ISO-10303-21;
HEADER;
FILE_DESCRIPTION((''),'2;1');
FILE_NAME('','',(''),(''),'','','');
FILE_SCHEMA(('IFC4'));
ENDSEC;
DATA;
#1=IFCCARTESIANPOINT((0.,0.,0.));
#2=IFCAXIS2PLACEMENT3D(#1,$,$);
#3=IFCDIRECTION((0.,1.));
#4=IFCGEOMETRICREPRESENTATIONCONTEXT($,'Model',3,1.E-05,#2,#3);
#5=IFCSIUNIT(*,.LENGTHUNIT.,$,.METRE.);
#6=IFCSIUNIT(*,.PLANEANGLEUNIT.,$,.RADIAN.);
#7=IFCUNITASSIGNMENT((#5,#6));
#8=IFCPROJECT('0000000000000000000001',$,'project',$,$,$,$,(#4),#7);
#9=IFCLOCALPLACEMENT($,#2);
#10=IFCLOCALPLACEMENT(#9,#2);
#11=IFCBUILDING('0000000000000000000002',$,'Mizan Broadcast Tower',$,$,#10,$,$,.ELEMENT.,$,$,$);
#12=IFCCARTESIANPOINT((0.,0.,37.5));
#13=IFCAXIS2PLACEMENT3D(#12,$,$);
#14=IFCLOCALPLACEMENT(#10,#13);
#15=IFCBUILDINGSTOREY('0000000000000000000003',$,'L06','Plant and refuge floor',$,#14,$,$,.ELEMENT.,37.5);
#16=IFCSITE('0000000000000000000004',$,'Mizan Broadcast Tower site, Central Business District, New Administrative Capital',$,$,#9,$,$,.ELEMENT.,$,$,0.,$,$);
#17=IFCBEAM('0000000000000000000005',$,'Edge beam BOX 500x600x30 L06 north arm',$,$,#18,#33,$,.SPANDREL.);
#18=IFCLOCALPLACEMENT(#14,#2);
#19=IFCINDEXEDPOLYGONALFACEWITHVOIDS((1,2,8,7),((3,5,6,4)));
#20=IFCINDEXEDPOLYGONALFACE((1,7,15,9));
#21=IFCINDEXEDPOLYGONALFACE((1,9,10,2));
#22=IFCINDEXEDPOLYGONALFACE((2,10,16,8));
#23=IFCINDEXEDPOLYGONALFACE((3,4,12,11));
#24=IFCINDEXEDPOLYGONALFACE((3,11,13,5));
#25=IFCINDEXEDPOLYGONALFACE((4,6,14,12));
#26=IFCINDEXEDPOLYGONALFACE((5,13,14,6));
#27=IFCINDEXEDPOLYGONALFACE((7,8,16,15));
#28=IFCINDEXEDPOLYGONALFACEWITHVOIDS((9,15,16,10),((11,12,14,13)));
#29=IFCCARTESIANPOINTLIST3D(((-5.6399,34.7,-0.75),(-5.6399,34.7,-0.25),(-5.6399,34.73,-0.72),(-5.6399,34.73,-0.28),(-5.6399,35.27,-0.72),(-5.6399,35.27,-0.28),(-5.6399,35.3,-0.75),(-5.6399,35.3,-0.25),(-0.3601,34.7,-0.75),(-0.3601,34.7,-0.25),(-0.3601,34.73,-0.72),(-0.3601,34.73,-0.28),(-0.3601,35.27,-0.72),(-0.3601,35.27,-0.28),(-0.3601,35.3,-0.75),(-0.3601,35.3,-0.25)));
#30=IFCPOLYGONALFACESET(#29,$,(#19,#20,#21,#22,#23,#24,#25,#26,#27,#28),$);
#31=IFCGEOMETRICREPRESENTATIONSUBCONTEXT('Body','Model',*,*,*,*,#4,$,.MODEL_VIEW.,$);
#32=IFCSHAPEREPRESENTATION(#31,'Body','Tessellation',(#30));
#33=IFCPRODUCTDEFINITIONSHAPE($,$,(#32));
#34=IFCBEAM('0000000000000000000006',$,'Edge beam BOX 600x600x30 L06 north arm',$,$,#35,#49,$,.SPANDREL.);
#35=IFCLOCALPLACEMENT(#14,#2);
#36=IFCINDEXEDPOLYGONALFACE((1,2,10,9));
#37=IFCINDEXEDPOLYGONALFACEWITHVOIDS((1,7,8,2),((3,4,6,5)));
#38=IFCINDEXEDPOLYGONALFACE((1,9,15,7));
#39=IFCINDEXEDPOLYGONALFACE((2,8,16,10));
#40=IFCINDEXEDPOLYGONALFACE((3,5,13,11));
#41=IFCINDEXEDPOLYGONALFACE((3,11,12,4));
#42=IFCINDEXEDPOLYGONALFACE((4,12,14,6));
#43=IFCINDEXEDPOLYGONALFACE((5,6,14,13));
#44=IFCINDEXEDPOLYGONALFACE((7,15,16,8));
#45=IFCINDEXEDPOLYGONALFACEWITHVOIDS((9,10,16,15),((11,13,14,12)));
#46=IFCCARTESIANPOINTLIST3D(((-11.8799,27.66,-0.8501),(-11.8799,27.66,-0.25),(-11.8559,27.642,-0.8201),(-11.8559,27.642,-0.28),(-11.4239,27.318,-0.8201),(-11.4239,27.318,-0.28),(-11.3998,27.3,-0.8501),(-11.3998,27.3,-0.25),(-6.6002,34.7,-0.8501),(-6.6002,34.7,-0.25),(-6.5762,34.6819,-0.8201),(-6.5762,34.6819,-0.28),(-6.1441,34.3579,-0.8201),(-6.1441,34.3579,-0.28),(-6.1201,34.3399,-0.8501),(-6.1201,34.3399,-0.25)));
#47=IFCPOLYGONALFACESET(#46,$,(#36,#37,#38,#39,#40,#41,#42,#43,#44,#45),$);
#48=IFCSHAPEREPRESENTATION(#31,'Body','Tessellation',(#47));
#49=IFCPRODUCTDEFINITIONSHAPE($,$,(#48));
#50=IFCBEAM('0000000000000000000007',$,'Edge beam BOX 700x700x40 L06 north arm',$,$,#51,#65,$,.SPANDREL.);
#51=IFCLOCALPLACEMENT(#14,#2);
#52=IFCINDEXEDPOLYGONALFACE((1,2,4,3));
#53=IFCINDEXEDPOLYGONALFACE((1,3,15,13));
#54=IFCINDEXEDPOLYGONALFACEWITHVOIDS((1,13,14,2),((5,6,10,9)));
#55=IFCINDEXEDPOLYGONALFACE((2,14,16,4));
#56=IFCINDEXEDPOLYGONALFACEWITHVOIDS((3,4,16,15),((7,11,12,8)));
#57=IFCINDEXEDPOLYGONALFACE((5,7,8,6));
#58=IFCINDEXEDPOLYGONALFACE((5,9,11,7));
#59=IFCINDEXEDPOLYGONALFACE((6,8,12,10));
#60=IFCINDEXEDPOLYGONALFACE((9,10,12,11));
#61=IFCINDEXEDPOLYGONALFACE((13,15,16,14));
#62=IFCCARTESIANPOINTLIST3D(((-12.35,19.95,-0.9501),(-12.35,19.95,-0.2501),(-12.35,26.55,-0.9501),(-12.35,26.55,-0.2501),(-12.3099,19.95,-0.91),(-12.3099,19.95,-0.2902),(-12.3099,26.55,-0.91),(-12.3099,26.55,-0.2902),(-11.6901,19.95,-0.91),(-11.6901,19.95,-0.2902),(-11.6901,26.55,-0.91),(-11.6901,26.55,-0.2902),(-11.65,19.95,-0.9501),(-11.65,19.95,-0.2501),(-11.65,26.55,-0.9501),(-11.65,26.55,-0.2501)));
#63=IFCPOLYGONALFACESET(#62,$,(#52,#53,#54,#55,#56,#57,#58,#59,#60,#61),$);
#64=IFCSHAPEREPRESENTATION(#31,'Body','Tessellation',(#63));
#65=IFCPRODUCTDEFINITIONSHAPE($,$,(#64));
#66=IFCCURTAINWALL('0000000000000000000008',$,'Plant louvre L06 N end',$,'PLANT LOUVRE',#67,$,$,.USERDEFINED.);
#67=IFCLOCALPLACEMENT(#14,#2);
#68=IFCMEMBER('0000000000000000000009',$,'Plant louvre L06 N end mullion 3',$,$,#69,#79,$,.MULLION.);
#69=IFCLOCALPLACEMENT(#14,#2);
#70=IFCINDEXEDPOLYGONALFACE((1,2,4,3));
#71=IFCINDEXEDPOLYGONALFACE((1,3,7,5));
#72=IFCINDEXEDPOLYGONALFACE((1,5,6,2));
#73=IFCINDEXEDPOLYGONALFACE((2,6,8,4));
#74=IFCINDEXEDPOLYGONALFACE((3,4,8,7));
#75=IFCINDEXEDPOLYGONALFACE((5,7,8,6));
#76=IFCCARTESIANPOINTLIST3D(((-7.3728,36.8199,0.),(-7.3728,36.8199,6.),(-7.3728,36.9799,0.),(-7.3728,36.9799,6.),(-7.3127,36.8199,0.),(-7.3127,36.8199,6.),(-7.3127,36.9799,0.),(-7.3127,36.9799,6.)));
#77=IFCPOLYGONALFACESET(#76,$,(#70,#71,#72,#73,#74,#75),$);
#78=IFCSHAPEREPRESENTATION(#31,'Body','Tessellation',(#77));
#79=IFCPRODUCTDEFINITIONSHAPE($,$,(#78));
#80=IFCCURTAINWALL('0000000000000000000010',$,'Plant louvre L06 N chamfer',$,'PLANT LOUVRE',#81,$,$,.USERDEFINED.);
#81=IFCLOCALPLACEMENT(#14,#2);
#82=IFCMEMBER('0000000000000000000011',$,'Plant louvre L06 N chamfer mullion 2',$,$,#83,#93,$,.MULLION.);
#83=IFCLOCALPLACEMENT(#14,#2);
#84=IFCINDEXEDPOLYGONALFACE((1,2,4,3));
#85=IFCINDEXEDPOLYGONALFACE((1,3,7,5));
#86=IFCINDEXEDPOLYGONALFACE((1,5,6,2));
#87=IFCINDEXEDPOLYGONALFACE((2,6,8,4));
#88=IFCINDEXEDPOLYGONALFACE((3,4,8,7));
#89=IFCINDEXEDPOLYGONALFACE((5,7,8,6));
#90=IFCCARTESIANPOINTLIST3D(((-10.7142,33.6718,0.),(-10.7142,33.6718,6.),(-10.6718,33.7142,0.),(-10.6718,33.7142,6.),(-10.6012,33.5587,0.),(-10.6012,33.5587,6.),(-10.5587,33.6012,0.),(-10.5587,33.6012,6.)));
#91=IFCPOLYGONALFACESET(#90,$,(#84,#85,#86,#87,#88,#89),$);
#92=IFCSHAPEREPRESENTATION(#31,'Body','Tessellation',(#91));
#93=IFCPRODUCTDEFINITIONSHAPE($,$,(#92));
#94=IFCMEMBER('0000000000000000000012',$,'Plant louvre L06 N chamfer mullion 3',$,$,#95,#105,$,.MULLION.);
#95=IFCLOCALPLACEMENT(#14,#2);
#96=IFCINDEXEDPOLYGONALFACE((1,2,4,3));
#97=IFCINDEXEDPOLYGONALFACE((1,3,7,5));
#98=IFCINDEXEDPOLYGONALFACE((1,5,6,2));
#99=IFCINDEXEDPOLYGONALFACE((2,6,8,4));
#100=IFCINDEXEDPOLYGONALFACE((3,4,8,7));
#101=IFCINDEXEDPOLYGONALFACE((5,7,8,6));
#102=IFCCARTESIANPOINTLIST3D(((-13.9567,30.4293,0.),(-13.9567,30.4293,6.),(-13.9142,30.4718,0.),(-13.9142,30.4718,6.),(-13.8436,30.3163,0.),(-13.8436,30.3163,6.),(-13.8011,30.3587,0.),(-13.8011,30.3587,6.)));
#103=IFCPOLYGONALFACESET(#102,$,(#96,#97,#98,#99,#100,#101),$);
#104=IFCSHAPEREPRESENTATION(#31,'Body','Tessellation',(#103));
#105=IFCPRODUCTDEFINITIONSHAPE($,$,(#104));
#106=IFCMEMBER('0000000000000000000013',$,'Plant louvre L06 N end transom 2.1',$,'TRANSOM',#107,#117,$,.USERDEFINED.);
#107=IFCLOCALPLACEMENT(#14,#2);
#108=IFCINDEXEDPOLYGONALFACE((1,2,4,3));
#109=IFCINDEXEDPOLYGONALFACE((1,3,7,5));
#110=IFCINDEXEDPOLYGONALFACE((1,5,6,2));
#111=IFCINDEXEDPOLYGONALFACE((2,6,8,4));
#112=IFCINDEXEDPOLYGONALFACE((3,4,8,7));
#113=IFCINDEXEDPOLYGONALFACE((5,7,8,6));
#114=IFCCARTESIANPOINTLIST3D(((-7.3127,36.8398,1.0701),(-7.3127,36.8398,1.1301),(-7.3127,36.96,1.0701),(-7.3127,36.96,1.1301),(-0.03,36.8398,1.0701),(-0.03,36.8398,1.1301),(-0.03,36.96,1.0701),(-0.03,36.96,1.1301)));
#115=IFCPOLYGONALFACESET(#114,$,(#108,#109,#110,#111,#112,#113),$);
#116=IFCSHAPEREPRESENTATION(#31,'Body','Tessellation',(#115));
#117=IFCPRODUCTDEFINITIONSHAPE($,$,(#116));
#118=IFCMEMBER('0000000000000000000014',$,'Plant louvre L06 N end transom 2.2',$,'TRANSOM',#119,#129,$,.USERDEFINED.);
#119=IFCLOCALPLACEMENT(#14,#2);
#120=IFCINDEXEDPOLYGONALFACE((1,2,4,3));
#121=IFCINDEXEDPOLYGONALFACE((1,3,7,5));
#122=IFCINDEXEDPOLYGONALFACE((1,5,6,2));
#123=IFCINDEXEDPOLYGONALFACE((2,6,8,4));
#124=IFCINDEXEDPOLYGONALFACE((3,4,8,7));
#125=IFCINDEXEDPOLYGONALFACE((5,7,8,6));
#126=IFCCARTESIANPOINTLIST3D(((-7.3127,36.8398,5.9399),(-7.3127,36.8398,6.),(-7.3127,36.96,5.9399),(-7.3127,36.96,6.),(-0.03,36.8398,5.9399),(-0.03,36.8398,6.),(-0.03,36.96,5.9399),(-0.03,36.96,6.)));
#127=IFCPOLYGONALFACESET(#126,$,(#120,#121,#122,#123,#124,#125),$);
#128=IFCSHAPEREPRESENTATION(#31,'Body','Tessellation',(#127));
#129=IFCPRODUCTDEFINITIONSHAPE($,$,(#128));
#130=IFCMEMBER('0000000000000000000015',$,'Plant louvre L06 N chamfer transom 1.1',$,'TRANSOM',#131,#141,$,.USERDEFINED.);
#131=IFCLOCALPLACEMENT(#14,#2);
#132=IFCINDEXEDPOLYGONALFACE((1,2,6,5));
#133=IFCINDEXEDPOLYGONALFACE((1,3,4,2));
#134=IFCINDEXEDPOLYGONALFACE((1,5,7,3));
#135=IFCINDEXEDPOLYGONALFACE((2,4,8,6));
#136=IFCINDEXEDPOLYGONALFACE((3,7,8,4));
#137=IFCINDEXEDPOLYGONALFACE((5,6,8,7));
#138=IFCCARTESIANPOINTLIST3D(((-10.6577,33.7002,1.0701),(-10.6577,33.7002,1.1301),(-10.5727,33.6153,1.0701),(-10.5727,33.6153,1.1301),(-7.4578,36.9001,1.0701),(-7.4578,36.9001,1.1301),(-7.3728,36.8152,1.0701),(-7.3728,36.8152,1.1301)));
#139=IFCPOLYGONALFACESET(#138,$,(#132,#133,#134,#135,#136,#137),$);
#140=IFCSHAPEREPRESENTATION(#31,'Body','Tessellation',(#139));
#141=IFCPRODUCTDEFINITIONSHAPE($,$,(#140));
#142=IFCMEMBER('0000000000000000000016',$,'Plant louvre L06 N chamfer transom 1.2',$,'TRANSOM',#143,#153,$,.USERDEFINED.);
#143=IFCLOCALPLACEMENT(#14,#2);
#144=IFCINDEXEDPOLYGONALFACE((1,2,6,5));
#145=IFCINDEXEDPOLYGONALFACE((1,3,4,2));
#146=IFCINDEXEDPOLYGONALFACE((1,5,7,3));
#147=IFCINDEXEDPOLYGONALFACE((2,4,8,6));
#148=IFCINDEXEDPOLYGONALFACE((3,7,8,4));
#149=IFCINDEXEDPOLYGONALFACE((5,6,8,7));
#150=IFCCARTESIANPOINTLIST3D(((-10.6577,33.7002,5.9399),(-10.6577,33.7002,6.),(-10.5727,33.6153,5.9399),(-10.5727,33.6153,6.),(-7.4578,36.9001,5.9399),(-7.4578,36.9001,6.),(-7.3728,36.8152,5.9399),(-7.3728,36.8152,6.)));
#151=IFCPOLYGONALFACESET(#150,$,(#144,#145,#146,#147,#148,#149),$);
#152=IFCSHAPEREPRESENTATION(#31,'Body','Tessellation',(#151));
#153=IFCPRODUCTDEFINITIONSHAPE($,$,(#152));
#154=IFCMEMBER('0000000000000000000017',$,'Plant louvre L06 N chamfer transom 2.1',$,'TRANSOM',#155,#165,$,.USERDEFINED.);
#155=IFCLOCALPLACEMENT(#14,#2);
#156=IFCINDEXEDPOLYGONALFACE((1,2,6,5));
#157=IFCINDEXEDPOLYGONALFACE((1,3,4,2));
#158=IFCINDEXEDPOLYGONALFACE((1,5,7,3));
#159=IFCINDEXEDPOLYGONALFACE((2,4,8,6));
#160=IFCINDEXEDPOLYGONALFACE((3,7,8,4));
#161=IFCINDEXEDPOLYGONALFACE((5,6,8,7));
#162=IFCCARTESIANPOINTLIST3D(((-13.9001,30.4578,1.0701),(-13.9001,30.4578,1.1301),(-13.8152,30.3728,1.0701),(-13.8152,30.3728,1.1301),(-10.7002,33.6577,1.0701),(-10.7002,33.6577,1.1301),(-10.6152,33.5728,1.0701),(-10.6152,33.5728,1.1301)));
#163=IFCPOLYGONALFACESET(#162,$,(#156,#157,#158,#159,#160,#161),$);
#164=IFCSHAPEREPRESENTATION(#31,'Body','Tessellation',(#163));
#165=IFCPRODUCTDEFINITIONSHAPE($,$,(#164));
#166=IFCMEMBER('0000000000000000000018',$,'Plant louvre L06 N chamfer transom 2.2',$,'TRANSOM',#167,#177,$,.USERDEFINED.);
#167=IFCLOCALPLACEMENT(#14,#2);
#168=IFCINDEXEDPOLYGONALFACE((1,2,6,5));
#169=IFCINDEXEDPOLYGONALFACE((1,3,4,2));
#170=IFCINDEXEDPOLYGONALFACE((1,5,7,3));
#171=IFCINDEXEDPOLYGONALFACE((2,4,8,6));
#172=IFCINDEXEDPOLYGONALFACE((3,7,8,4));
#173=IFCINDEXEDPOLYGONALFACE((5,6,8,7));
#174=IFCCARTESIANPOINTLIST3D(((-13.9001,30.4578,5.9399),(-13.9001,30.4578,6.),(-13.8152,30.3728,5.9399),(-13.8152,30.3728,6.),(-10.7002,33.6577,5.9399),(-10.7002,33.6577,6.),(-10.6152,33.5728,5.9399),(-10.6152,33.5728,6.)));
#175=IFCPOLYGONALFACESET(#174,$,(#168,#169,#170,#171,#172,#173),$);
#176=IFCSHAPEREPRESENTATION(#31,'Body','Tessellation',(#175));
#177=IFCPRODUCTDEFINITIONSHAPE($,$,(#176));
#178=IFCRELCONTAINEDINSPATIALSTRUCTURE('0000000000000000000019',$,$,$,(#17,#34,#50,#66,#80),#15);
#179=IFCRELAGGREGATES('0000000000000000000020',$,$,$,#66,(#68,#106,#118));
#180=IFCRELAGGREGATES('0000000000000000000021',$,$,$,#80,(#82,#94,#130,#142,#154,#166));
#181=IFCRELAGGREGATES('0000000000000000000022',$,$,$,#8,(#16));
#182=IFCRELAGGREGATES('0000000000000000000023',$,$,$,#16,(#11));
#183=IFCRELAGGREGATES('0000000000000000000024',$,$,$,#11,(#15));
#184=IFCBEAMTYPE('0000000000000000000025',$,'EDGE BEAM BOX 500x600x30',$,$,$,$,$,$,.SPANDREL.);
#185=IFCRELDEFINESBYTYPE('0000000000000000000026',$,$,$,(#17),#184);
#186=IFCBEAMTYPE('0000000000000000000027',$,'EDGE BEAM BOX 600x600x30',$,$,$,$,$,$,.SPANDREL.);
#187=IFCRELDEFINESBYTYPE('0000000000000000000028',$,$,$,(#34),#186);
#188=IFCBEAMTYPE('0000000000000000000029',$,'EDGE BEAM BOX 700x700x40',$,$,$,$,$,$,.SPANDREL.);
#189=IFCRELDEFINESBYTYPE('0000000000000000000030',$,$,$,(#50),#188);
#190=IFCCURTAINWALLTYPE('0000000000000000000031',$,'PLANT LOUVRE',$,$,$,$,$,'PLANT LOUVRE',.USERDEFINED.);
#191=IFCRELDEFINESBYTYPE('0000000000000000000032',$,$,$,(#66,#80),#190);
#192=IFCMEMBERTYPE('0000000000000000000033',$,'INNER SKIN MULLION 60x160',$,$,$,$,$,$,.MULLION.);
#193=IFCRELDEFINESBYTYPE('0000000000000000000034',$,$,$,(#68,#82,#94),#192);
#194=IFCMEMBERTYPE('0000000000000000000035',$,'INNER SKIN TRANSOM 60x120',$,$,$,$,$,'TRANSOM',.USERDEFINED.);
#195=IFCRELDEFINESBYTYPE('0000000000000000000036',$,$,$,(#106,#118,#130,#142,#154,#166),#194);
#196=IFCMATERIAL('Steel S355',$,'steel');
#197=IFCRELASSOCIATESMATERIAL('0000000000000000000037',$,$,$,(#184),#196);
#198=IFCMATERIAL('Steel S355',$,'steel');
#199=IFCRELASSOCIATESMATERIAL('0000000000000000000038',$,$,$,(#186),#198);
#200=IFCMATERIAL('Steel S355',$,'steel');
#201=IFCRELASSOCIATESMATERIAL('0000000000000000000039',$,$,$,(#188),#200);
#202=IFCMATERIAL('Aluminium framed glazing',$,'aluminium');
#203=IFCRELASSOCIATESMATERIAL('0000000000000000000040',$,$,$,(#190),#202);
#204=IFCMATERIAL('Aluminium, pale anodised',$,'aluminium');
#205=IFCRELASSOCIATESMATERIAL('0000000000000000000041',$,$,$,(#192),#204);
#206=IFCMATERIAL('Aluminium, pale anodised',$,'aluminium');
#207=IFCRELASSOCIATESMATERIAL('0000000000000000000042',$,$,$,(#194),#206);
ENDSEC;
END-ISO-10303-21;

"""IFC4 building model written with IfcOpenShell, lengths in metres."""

from ifc_helpers import new_model, si_unit, direction, frame, origin, origin_2d, place, context, subcontext, project, spatial, rectangle, hollow_rectangle, extrude, material, material_profile, profile_set, type_object, element, aggregate, save


model = new_model("IFC4")

# Units and contexts
model_context = context("Model", 3, precision=1e-05, world=origin(), true_north=direction((0.0, 1.0)))
body_context = subcontext(model_context, "Body", "Model", "MODEL_VIEW")
ifc_project = project(units=[si_unit("LENGTHUNIT", "METRE"), si_unit("PLANEANGLEUNIT", "RADIAN")], contexts=[model_context])

# Site, building, storey
site_placement = place(None, origin())
site = spatial("IfcSite", under=ifc_project, at=site_placement, Name="Mizan Broadcast Tower site, Central Business District, New Administrative Capital", CompositionType="ELEMENT", RefElevation=0.0)
building_placement = place(site_placement, origin())
building = spatial("IfcBuilding", under=site, at=building_placement, Name="Mizan Broadcast Tower", CompositionType="ELEMENT")
storey_placement = place(building_placement, frame((0.0, 0.0, 37.5)))
storey = spatial("IfcBuildingStorey", under=building, at=storey_placement, Name="L06", Description="Plant and refuge floor", CompositionType="ELEMENT", Elevation=37.5)

# Beams
ifc_material_1 = material(Name="Steel S355", Category="steel")
ifc_material_profile_1 = material_profile(ifc_material_1, hollow_rectangle(XDim=0.6001, YDim=0.5, WallThickness=0.03, at=origin_2d()), Name="BOX 500x600x30")
ifc_profile_set_1 = profile_set([ifc_material_profile_1], Name="Steel S355")
beam_type_1 = type_object("IfcBeamType", Name="EDGE BEAM BOX 500x600x30", PredefinedType="SPANDREL", material=ifc_profile_set_1)
beam_1_placement = place(storey_placement, frame((-5.6399, 35.0, -0.5), z_axis=(1.0, 0.0, 0.0), x_axis=(0.0, 1.0, 0.0)))
element("IfcBeam", 1, at=beam_1_placement, inside=storey, type_object=beam_type_1, Name="Edge beam BOX 500x600x30 L06 north arm", PredefinedType="SPANDREL", context=body_context, shape_type="SweptSolid", body=[
    extrude(hollow_rectangle(XDim=0.6001, YDim=0.5, WallThickness=0.03, at=origin_2d()), origin(), (0.0, 0.0, 1.0), 5.2798),
])
ifc_material_2 = material(Name="Steel S355", Category="steel")
ifc_material_profile_2 = material_profile(ifc_material_2, hollow_rectangle(XDim=0.6001, YDim=0.6001, WallThickness=0.03, at=origin_2d()), Name="BOX 600x600x30")
ifc_profile_set_2 = profile_set([ifc_material_profile_2], Name="Steel S355")
beam_type_2 = type_object("IfcBeamType", Name="EDGE BEAM BOX 600x600x30", PredefinedType="SPANDREL", material=ifc_profile_set_2)
beam_2_placement = place(storey_placement, frame((-11.6399, 27.48, -0.55), z_axis=(0.599982, 0.800013, 0.0), x_axis=(-0.800013, 0.599982, 0.0)))
element("IfcBeam", 2, at=beam_2_placement, inside=storey, type_object=beam_type_2, Name="Edge beam BOX 600x600x30 L06 north arm", PredefinedType="SPANDREL", context=body_context, shape_type="SweptSolid", body=[
    extrude(hollow_rectangle(XDim=0.6001, YDim=0.6001, WallThickness=0.03, at=origin_2d()), origin(), (0.0, 0.0, 1.0), 8.7998),
])
ifc_material_3 = material(Name="Steel S355", Category="steel")
ifc_material_profile_3 = material_profile(ifc_material_3, hollow_rectangle(XDim=0.7, YDim=0.7, WallThickness=0.04, at=origin_2d()), Name="BOX 700x700x40")
ifc_profile_set_3 = profile_set([ifc_material_profile_3], Name="Steel S355")
beam_type_3 = type_object("IfcBeamType", Name="EDGE BEAM BOX 700x700x40", PredefinedType="SPANDREL", material=ifc_profile_set_3)
beam_3_placement = place(storey_placement, frame((-12.0, 19.95, -0.6001), z_axis=(0.0, 1.0, 0.0), x_axis=(-1.0, 0.0, 0.0)))
element("IfcBeam", 3, at=beam_3_placement, inside=storey, type_object=beam_type_3, Name="Edge beam BOX 700x700x40 L06 north arm", PredefinedType="SPANDREL", context=body_context, shape_type="SweptSolid", body=[
    extrude(hollow_rectangle(XDim=0.7, YDim=0.7, WallThickness=0.04, at=origin_2d()), origin(), (0.0, 0.0, 1.0), 6.6001),
])

# Curtain wall, member
ifc_material_4 = material(Name="Aluminium framed glazing", Category="aluminium")
curtain_wall_type = type_object("IfcCurtainWallType", Name="PLANT LOUVRE", ElementType="PLANT LOUVRE", PredefinedType="USERDEFINED", material=ifc_material_4)
curtain_wall_1_placement = place(storey_placement, origin())
curtain_wall_1 = element("IfcCurtainWall", 4, at=curtain_wall_1_placement, inside=storey, type_object=curtain_wall_type, Name="Plant louvre L06 N end", ObjectType="PLANT LOUVRE", PredefinedType="USERDEFINED")
ifc_material_5 = material(Name="Aluminium, pale anodised", Category="aluminium")
ifc_material_profile_4 = material_profile(ifc_material_5, rectangle(XDim=0.1599, YDim=0.0601, at=origin_2d()), Name="MULLION 160x60")
ifc_profile_set_4 = profile_set([ifc_material_profile_4], Name="Aluminium, pale anodised")
member_type_1 = type_object("IfcMemberType", Name="INNER SKIN MULLION 60x160", PredefinedType="MULLION", material=ifc_profile_set_4)
member_1_placement = place(storey_placement, frame((-7.3428, 36.8999, 0.0), z_axis=(0.0, 0.0, 1.0), x_axis=(0.0, -1.0, 0.0)))
member_1 = element("IfcMember", 5, at=member_1_placement, type_object=member_type_1, Name="Plant louvre L06 N end mullion 3", PredefinedType="MULLION", context=body_context, shape_type="SweptSolid", body=[
    extrude(rectangle(XDim=0.1599, YDim=0.0601, at=origin_2d()), origin(), (0.0, 0.0, 1.0), 6.0),
])

# Curtain wall, members
curtain_wall_2_placement = place(storey_placement, origin())
curtain_wall_2 = element("IfcCurtainWall", 6, at=curtain_wall_2_placement, inside=storey, type_object=curtain_wall_type, Name="Plant louvre L06 N chamfer", ObjectType="PLANT LOUVRE", PredefinedType="USERDEFINED")
member_2_placement = place(storey_placement, frame((-10.6365, 33.6365, 0.0), z_axis=(0.0, 0.0, 1.0), x_axis=(0.707107, -0.707107, 0.0)))
member_2 = element("IfcMember", 7, at=member_2_placement, type_object=member_type_1, Name="Plant louvre L06 N chamfer mullion 2", PredefinedType="MULLION", context=body_context, shape_type="SweptSolid", body=[
    extrude(rectangle(XDim=0.1599, YDim=0.0601, at=origin_2d()), origin(), (0.0, 0.0, 1.0), 6.0),
])
member_3_placement = place(storey_placement, frame((-13.8789, 30.394, 0.0), z_axis=(0.0, 0.0, 1.0), x_axis=(0.707107, -0.707107, 0.0)))
member_3 = element("IfcMember", 8, at=member_3_placement, type_object=member_type_1, Name="Plant louvre L06 N chamfer mullion 3", PredefinedType="MULLION", context=body_context, shape_type="SweptSolid", body=[
    extrude(rectangle(XDim=0.1599, YDim=0.0601, at=origin_2d()), origin(), (0.0, 0.0, 1.0), 6.0),
])

# Members
ifc_material_6 = material(Name="Aluminium, pale anodised", Category="aluminium")
ifc_material_profile_5 = material_profile(ifc_material_6, rectangle(XDim=0.1201, YDim=0.0601, at=origin_2d()), Name="TRANSOM 120x60")
ifc_profile_set_5 = profile_set([ifc_material_profile_5], Name="Aluminium, pale anodised")
member_type_2 = type_object("IfcMemberType", Name="INNER SKIN TRANSOM 60x120", ElementType="TRANSOM", PredefinedType="USERDEFINED", material=ifc_profile_set_5)
member_4_placement = place(storey_placement, frame((-0.03, 36.8999, 1.1001), z_axis=(-1.0, 0.0, 0.0), x_axis=(0.0, -1.0, 0.0)))
member_4 = element("IfcMember", 9, at=member_4_placement, type_object=member_type_2, Name="Plant louvre L06 N end transom 2.1", ObjectType="TRANSOM", PredefinedType="USERDEFINED", context=body_context, shape_type="SweptSolid", body=[
    extrude(rectangle(XDim=0.1201, YDim=0.0601, at=origin_2d()), origin(), (0.0, 0.0, 1.0), 7.2827),
])
member_5_placement = place(storey_placement, frame((-0.03, 36.8999, 5.97), z_axis=(-1.0, 0.0, 0.0), x_axis=(0.0, -1.0, 0.0)))
member_5 = element("IfcMember", 10, at=member_5_placement, type_object=member_type_2, Name="Plant louvre L06 N end transom 2.2", ObjectType="TRANSOM", PredefinedType="USERDEFINED", context=body_context, shape_type="SweptSolid", body=[
    extrude(rectangle(XDim=0.1201, YDim=0.0601, at=origin_2d()), origin(), (0.0, 0.0, 1.0), 7.2827),
])
member_6_placement = place(storey_placement, frame((-7.4153, 36.8577, 1.1001), z_axis=(-0.707107, -0.707107, 0.0), x_axis=(0.707107, -0.707107, 0.0)))
member_6 = element("IfcMember", 11, at=member_6_placement, type_object=member_type_2, Name="Plant louvre L06 N chamfer transom 1.1", ObjectType="TRANSOM", PredefinedType="USERDEFINED", context=body_context, shape_type="SweptSolid", body=[
    extrude(rectangle(XDim=0.1201, YDim=0.0601, at=origin_2d()), origin(), (0.0, 0.0, 1.0), 4.5254),
])
member_7_placement = place(storey_placement, frame((-7.4153, 36.8577, 5.97), z_axis=(-0.707107, -0.707107, 0.0), x_axis=(0.707107, -0.707107, 0.0)))
member_7 = element("IfcMember", 12, at=member_7_placement, type_object=member_type_2, Name="Plant louvre L06 N chamfer transom 1.2", ObjectType="TRANSOM", PredefinedType="USERDEFINED", context=body_context, shape_type="SweptSolid", body=[
    extrude(rectangle(XDim=0.1201, YDim=0.0601, at=origin_2d()), origin(), (0.0, 0.0, 1.0), 4.5254),
])
member_8_placement = place(storey_placement, frame((-10.6577, 33.6152, 1.1001), z_axis=(-0.707107, -0.707107, 0.0), x_axis=(0.707107, -0.707107, 0.0)))
member_8 = element("IfcMember", 13, at=member_8_placement, type_object=member_type_2, Name="Plant louvre L06 N chamfer transom 2.1", ObjectType="TRANSOM", PredefinedType="USERDEFINED", context=body_context, shape_type="SweptSolid", body=[
    extrude(rectangle(XDim=0.1201, YDim=0.0601, at=origin_2d()), origin(), (0.0, 0.0, 1.0), 4.5254),
])
member_9_placement = place(storey_placement, frame((-10.6577, 33.6152, 5.97), z_axis=(-0.707107, -0.707107, 0.0), x_axis=(0.707107, -0.707107, 0.0)))
member_9 = element("IfcMember", 14, at=member_9_placement, type_object=member_type_2, Name="Plant louvre L06 N chamfer transom 2.2", ObjectType="TRANSOM", PredefinedType="USERDEFINED", context=body_context, shape_type="SweptSolid", body=[
    extrude(rectangle(XDim=0.1201, YDim=0.0601, at=origin_2d()), origin(), (0.0, 0.0, 1.0), 4.5254),
])

aggregate(curtain_wall_1, [member_1, member_4, member_5])
aggregate(curtain_wall_2, [member_2, member_3, member_6, member_7, member_8, member_9])

save(model, "model.ifc")
